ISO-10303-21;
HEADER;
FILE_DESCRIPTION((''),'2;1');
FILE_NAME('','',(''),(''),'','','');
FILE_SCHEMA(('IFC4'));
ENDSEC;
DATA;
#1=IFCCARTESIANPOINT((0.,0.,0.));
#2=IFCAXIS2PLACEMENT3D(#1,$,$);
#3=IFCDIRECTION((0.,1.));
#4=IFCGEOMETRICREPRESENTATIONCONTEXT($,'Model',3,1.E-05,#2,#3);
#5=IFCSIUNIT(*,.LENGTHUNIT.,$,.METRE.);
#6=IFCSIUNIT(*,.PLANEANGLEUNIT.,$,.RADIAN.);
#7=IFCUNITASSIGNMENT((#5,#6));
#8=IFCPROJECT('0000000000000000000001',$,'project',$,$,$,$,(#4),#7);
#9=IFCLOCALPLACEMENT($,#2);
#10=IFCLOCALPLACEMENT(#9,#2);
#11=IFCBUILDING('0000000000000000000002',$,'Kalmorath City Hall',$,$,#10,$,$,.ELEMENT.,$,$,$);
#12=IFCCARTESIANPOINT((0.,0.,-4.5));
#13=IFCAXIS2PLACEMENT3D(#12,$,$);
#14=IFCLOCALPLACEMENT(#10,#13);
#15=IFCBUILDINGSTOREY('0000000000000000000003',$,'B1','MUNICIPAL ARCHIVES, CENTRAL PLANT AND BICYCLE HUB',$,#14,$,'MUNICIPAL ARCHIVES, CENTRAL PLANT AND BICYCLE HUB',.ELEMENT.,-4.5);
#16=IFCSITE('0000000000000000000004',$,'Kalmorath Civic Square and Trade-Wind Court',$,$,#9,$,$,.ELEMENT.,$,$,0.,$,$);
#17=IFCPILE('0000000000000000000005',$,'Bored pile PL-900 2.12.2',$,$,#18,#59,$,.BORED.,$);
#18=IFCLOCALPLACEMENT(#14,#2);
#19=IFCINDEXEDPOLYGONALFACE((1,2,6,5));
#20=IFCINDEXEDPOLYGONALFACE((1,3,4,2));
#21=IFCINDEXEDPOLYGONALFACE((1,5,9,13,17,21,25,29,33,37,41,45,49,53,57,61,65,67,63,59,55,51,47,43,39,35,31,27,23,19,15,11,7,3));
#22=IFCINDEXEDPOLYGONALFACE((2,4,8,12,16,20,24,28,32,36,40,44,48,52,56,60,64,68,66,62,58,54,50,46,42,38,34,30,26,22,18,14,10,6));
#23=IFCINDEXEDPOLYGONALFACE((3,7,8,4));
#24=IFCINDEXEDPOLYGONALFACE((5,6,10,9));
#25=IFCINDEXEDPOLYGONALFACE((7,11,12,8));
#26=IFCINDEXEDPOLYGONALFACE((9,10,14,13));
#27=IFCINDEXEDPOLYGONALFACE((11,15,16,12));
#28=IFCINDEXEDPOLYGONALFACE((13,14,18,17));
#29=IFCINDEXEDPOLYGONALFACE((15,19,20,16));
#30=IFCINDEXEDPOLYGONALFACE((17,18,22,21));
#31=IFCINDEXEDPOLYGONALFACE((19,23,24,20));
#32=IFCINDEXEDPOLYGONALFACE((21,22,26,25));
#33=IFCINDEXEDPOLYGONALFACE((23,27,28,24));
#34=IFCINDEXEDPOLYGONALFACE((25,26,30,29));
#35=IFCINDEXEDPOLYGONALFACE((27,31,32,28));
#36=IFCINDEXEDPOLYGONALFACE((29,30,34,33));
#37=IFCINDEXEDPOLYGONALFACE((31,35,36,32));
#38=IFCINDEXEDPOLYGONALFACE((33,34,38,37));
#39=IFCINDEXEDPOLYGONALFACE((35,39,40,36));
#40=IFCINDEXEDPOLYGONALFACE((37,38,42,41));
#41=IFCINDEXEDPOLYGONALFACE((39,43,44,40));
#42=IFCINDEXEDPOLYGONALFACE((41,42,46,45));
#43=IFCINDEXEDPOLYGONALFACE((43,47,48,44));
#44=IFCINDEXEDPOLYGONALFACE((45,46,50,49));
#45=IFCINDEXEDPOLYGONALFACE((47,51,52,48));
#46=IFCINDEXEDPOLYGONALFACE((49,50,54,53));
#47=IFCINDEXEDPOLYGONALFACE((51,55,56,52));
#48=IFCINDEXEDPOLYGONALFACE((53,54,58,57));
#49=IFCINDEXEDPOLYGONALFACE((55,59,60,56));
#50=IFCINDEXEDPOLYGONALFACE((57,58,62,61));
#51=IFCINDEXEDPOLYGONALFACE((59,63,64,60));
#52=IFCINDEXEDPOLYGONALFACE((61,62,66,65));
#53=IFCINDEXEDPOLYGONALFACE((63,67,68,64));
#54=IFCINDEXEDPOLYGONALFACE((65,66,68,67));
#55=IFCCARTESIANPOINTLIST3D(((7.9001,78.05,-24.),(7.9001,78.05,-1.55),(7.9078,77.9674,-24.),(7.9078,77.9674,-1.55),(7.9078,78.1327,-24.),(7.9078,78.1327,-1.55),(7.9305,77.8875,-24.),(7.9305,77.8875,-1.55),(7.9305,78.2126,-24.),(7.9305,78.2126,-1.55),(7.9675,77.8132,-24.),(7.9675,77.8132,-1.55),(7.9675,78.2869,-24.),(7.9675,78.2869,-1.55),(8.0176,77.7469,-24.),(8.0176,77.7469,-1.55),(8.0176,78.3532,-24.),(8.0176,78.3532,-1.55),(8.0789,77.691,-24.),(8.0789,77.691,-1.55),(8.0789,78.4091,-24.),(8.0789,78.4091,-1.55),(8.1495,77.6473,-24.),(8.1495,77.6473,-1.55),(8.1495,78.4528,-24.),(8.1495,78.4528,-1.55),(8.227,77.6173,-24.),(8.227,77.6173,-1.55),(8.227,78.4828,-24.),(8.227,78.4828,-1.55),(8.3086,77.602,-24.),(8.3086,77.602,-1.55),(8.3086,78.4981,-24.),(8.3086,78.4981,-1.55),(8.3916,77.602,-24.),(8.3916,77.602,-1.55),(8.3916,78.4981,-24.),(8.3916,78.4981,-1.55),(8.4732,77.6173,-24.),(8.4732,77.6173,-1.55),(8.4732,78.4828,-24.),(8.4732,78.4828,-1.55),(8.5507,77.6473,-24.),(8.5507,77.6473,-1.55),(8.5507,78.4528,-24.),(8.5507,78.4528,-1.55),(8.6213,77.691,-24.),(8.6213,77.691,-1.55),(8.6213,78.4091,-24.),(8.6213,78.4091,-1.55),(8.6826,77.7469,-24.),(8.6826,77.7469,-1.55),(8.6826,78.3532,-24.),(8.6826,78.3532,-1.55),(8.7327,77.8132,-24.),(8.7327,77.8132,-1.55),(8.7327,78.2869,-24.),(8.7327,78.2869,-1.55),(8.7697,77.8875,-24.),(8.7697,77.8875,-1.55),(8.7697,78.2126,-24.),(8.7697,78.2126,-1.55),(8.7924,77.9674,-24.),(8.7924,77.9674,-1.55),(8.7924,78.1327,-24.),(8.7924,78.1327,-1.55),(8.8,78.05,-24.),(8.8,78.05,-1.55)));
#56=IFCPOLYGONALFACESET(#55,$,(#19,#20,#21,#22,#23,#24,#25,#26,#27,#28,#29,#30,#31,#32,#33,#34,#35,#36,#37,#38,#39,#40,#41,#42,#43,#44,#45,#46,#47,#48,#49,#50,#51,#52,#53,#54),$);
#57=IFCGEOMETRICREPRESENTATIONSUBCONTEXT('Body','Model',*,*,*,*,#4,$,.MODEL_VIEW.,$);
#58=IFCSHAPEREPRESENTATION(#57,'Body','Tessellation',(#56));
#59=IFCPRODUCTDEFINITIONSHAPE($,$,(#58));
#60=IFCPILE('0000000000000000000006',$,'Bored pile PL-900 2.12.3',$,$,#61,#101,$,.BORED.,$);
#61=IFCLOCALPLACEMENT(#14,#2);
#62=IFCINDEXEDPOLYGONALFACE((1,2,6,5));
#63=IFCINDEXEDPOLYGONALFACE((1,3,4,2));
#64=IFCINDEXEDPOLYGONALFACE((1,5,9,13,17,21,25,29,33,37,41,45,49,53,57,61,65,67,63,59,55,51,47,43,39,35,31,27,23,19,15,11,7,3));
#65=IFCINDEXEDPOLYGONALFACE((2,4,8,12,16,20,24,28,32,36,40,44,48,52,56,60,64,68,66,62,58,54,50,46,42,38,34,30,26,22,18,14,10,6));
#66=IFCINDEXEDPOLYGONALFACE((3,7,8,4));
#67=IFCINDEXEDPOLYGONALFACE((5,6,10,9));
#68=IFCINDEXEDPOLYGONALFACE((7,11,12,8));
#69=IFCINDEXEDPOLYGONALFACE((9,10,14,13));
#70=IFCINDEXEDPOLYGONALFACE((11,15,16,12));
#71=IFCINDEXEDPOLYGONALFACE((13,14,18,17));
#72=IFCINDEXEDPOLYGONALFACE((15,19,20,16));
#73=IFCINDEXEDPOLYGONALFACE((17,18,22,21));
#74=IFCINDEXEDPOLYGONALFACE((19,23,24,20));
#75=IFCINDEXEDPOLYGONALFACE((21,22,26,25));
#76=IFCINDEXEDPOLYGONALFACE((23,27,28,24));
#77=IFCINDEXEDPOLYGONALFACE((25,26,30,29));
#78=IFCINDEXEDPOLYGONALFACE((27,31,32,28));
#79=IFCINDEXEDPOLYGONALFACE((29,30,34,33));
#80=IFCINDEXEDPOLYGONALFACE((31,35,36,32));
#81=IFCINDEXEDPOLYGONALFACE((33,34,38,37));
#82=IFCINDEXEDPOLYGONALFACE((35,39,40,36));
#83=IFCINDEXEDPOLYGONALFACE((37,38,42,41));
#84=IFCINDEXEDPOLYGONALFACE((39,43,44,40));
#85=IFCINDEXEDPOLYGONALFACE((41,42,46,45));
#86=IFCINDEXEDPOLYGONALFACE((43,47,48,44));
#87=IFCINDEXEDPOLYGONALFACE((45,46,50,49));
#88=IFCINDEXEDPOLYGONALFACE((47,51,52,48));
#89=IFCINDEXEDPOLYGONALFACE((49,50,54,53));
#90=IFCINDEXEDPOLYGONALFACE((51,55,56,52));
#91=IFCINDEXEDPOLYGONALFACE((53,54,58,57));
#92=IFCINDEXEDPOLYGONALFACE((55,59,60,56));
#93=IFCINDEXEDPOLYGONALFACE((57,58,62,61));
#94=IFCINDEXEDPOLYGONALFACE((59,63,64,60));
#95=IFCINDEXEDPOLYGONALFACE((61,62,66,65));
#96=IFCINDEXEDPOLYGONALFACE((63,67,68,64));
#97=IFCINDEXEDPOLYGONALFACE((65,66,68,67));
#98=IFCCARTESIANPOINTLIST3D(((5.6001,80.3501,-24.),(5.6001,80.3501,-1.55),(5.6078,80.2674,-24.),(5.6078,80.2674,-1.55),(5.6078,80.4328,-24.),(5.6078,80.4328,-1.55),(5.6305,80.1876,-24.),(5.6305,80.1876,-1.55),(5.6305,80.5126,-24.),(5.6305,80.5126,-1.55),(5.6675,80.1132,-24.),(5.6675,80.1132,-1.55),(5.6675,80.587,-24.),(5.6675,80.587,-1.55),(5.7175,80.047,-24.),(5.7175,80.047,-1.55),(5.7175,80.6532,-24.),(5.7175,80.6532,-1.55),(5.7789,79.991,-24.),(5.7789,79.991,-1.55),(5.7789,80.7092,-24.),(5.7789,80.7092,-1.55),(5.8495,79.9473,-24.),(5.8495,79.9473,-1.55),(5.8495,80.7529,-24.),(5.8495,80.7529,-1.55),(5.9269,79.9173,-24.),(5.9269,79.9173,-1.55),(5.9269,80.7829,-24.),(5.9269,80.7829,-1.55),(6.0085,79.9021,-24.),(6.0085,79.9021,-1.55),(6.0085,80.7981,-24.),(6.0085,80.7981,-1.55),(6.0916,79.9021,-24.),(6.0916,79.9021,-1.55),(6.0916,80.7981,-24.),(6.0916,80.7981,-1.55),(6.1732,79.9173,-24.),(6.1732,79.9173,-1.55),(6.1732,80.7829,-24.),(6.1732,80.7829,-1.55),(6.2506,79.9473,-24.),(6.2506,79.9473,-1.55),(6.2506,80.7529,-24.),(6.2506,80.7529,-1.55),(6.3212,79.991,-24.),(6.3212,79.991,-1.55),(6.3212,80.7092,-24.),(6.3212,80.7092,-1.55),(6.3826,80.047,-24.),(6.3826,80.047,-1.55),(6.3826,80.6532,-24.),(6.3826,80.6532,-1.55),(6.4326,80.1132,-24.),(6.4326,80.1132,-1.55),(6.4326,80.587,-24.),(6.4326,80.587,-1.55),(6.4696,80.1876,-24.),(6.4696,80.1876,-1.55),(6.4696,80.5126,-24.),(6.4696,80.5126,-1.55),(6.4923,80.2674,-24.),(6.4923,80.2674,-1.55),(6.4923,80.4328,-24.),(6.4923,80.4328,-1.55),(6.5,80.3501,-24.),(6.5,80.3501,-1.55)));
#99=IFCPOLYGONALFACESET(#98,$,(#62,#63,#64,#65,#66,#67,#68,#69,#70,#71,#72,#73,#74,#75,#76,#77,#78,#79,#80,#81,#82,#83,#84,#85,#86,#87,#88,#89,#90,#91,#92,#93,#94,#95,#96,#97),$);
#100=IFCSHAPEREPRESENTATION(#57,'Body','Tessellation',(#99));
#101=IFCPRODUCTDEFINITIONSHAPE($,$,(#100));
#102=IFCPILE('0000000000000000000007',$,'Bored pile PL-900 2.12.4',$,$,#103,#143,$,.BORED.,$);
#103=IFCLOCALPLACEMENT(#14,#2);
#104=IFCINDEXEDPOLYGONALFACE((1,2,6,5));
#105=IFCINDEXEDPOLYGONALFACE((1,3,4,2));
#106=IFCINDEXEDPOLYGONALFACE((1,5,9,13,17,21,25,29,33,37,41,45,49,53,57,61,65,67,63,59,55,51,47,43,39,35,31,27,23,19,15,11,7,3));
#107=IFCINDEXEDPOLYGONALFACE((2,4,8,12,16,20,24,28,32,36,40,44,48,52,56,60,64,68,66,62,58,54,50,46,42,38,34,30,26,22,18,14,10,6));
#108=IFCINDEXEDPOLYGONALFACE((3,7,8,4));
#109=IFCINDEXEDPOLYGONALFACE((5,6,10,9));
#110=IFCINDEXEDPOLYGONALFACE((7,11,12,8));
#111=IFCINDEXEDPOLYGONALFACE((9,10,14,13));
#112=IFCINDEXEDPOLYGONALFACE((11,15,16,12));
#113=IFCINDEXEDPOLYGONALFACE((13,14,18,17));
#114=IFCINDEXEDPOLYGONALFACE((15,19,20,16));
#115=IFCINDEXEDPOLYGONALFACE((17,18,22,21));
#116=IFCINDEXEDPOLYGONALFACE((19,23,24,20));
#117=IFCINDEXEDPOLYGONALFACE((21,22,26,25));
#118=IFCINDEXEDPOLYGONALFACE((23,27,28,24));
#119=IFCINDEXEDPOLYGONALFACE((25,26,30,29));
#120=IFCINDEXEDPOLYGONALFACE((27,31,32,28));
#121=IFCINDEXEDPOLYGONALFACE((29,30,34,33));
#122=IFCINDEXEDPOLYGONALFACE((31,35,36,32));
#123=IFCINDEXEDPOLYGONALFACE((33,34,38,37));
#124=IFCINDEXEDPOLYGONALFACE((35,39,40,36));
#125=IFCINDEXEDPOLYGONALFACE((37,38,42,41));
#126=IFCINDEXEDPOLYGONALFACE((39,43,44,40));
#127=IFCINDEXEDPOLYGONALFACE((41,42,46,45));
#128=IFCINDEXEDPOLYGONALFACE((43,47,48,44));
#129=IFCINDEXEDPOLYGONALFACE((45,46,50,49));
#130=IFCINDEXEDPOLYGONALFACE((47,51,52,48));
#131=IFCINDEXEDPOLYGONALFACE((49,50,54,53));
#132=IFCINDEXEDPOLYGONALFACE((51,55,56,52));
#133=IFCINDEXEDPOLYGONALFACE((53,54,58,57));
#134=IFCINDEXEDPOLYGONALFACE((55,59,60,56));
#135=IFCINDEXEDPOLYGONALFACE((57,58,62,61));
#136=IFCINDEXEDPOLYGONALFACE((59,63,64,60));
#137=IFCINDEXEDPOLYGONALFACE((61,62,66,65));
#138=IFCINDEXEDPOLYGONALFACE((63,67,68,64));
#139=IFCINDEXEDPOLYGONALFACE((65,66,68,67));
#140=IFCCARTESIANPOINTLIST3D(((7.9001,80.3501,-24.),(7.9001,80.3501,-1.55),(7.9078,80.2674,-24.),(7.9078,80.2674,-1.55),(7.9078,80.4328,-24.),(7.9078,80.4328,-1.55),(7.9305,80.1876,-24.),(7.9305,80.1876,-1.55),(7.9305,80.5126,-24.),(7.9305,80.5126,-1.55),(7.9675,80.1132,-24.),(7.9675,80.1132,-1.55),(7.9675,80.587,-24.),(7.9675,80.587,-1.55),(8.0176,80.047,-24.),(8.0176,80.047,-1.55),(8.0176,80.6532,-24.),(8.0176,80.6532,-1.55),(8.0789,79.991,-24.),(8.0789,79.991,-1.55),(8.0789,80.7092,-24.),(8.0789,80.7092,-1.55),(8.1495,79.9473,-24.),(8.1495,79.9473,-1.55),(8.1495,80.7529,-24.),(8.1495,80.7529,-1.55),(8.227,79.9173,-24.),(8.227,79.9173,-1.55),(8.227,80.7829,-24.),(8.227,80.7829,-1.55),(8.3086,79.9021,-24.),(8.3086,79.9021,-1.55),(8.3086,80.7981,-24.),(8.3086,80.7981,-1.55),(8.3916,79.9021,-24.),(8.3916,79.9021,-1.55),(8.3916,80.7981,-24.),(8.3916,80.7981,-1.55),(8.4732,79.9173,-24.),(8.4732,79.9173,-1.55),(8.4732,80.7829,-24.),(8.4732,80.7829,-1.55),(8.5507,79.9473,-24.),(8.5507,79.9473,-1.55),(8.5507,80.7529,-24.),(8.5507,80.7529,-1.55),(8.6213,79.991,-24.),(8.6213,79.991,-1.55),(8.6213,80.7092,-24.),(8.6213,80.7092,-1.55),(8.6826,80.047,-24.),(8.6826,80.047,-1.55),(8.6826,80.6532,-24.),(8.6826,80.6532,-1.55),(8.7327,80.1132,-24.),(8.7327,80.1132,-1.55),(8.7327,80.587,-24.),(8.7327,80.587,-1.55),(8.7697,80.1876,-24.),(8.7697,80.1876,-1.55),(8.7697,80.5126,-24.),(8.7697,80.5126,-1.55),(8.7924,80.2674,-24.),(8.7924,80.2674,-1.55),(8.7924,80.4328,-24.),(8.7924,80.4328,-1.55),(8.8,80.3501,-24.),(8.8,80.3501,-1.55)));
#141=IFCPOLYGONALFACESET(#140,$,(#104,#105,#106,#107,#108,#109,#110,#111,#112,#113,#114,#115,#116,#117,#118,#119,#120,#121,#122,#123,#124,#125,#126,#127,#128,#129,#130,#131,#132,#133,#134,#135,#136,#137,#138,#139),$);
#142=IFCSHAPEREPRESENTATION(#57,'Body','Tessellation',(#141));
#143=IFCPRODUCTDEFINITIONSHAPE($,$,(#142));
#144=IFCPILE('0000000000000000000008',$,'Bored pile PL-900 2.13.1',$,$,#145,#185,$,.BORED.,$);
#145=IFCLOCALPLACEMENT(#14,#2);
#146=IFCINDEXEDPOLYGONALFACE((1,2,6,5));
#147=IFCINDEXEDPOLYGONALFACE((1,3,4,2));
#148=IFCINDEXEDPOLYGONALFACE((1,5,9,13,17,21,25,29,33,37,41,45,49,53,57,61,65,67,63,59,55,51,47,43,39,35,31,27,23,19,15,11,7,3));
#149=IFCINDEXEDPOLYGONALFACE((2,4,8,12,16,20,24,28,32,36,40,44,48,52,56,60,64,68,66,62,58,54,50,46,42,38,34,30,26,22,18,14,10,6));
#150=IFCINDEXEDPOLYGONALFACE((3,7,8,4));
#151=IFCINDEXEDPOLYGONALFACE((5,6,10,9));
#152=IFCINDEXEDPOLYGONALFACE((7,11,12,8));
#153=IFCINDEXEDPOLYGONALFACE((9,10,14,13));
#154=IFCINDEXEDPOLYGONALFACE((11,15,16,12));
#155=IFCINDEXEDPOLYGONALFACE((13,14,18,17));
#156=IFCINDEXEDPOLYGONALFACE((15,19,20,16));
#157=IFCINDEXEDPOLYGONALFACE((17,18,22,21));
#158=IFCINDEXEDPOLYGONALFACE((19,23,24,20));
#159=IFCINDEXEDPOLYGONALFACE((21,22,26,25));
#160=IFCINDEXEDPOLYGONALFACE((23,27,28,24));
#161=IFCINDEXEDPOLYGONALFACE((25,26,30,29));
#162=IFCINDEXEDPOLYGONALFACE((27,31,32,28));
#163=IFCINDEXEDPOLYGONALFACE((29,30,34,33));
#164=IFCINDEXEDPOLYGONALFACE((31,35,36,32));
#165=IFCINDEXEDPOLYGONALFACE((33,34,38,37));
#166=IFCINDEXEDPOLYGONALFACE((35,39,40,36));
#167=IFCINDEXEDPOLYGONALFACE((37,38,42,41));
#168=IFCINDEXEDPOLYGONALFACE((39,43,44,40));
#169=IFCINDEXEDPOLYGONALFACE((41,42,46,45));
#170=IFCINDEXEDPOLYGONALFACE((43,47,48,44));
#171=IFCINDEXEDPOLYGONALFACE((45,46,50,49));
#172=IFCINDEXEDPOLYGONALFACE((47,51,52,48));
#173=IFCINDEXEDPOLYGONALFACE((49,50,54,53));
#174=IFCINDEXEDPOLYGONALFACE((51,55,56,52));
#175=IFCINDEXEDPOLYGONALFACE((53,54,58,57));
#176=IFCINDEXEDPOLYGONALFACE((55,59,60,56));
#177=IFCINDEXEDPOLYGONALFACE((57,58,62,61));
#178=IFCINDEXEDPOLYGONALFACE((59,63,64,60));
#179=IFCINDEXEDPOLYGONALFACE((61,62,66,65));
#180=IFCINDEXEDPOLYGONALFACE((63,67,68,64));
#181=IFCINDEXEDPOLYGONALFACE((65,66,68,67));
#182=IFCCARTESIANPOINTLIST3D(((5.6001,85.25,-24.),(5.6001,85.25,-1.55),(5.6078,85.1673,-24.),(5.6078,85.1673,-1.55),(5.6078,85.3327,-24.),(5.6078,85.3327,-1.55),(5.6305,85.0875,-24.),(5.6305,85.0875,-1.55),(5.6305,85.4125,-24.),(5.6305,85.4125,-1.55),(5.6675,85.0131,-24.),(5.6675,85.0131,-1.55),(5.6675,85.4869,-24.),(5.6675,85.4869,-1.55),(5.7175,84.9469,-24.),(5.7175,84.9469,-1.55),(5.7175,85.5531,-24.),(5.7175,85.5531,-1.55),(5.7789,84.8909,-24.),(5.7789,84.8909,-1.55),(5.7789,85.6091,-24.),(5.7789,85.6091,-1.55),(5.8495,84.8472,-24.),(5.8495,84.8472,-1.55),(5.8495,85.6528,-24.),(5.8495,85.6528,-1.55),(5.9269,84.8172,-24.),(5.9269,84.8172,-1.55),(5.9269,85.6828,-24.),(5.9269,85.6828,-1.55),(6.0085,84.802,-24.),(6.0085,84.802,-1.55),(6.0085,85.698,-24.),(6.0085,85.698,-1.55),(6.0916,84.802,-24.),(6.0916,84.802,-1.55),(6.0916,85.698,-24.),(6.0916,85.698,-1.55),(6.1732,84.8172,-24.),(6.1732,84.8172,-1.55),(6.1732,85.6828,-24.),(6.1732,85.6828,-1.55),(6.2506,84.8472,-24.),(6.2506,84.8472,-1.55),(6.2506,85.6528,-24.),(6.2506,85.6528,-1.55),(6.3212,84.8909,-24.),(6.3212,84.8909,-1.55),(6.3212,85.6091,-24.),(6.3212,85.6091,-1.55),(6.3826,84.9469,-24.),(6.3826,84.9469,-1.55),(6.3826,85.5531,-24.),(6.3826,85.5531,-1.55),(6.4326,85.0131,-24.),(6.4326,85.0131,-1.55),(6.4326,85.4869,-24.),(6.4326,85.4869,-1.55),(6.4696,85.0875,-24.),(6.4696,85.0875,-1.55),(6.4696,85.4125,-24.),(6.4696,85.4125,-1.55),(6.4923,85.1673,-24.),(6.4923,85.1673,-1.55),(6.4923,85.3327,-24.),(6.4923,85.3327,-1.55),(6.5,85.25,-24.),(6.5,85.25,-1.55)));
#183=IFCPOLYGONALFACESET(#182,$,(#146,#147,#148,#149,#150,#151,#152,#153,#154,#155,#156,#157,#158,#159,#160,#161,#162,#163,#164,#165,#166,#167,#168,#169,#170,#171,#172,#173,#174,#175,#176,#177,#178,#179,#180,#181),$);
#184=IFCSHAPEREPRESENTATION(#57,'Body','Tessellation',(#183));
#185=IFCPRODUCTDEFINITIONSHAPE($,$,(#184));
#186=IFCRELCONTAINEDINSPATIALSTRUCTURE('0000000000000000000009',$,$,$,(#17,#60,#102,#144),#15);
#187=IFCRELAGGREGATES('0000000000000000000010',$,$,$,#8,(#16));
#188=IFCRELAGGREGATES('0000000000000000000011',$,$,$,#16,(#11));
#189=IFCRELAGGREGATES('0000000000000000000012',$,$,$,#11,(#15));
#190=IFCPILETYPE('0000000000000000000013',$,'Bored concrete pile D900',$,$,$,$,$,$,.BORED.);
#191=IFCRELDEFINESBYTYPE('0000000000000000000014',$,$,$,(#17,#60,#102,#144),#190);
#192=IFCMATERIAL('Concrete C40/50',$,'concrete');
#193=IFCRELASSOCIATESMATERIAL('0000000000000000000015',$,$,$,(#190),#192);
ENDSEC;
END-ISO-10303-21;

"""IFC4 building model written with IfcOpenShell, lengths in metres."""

from ifc_helpers import new_model, si_unit, direction, frame, origin, origin_2d, place, context, subcontext, project, spatial, circle, extrude, material, material_profile, profile_set, type_object, element, save


model = new_model("IFC4")

# Units and contexts
model_context = context("Model", 3, precision=1e-05, world=origin(), true_north=direction((0.0, 1.0)))
body_context = subcontext(model_context, "Body", "Model", "MODEL_VIEW")
ifc_project = project(units=[si_unit("LENGTHUNIT", "METRE"), si_unit("PLANEANGLEUNIT", "RADIAN")], contexts=[model_context])

# Site, building, storey
site_placement = place(None, origin())
site = spatial("IfcSite", under=ifc_project, at=site_placement, Name="Kalmorath Civic Square and Trade-Wind Court", CompositionType="ELEMENT", RefElevation=0.0)
building_placement = place(site_placement, origin())
building = spatial("IfcBuilding", under=site, at=building_placement, Name="Kalmorath City Hall", CompositionType="ELEMENT")
storey_placement = place(building_placement, frame((0.0, 0.0, -4.5)))
storey = spatial("IfcBuildingStorey", under=building, at=storey_placement, Name="B1", Description="MUNICIPAL ARCHIVES, CENTRAL PLANT AND BICYCLE HUB", LongName="MUNICIPAL ARCHIVES, CENTRAL PLANT AND BICYCLE HUB", CompositionType="ELEMENT", Elevation=-4.5)

# Piles
ifc_material_1 = material(Name="Concrete C40/50", Category="concrete")
ifc_material_profile_1 = material_profile(ifc_material_1, circle(Radius=0.45, at=origin_2d()), Name="PILE-D900")
ifc_profile_set_1 = profile_set([ifc_material_profile_1], Name="Concrete C40/50")
pile_type_1 = type_object("IfcPileType", Name="Bored concrete pile D900", PredefinedType="BORED", material=ifc_profile_set_1)
for number, where, z_axis, x_axis, name in (
    (1, (8.3501, 78.05, -1.55), (0.0, 0.0, -1.0), (1.0, 0.0, 0.0), "Bored pile PL-900 2.12.2"),
    (2, (6.05, 80.3501, -1.55), (0.0, 0.0, -1.0), (1.0, 0.0, 0.0), "Bored pile PL-900 2.12.3"),
    (3, (8.3501, 80.3501, -1.55), (0.0, 0.0, -1.0), (1.0, 0.0, 0.0), "Bored pile PL-900 2.12.4"),
    (4, (6.05, 85.25, -1.55), (0.0, 0.0, -1.0), (1.0, 0.0, 0.0), "Bored pile PL-900 2.13.1"),
):
    element("IfcPile", number, at=place(storey_placement, frame(where, z_axis=z_axis, x_axis=x_axis)), inside=storey, type_object=pile_type_1, Name=name, PredefinedType="BORED", context=body_context, shape_type="SweptSolid", body=[
        extrude(circle(Radius=0.45, at=origin_2d()), origin(), (0.0, 0.0, 1.0), 22.45),
    ])

save(model, "model.ifc")
